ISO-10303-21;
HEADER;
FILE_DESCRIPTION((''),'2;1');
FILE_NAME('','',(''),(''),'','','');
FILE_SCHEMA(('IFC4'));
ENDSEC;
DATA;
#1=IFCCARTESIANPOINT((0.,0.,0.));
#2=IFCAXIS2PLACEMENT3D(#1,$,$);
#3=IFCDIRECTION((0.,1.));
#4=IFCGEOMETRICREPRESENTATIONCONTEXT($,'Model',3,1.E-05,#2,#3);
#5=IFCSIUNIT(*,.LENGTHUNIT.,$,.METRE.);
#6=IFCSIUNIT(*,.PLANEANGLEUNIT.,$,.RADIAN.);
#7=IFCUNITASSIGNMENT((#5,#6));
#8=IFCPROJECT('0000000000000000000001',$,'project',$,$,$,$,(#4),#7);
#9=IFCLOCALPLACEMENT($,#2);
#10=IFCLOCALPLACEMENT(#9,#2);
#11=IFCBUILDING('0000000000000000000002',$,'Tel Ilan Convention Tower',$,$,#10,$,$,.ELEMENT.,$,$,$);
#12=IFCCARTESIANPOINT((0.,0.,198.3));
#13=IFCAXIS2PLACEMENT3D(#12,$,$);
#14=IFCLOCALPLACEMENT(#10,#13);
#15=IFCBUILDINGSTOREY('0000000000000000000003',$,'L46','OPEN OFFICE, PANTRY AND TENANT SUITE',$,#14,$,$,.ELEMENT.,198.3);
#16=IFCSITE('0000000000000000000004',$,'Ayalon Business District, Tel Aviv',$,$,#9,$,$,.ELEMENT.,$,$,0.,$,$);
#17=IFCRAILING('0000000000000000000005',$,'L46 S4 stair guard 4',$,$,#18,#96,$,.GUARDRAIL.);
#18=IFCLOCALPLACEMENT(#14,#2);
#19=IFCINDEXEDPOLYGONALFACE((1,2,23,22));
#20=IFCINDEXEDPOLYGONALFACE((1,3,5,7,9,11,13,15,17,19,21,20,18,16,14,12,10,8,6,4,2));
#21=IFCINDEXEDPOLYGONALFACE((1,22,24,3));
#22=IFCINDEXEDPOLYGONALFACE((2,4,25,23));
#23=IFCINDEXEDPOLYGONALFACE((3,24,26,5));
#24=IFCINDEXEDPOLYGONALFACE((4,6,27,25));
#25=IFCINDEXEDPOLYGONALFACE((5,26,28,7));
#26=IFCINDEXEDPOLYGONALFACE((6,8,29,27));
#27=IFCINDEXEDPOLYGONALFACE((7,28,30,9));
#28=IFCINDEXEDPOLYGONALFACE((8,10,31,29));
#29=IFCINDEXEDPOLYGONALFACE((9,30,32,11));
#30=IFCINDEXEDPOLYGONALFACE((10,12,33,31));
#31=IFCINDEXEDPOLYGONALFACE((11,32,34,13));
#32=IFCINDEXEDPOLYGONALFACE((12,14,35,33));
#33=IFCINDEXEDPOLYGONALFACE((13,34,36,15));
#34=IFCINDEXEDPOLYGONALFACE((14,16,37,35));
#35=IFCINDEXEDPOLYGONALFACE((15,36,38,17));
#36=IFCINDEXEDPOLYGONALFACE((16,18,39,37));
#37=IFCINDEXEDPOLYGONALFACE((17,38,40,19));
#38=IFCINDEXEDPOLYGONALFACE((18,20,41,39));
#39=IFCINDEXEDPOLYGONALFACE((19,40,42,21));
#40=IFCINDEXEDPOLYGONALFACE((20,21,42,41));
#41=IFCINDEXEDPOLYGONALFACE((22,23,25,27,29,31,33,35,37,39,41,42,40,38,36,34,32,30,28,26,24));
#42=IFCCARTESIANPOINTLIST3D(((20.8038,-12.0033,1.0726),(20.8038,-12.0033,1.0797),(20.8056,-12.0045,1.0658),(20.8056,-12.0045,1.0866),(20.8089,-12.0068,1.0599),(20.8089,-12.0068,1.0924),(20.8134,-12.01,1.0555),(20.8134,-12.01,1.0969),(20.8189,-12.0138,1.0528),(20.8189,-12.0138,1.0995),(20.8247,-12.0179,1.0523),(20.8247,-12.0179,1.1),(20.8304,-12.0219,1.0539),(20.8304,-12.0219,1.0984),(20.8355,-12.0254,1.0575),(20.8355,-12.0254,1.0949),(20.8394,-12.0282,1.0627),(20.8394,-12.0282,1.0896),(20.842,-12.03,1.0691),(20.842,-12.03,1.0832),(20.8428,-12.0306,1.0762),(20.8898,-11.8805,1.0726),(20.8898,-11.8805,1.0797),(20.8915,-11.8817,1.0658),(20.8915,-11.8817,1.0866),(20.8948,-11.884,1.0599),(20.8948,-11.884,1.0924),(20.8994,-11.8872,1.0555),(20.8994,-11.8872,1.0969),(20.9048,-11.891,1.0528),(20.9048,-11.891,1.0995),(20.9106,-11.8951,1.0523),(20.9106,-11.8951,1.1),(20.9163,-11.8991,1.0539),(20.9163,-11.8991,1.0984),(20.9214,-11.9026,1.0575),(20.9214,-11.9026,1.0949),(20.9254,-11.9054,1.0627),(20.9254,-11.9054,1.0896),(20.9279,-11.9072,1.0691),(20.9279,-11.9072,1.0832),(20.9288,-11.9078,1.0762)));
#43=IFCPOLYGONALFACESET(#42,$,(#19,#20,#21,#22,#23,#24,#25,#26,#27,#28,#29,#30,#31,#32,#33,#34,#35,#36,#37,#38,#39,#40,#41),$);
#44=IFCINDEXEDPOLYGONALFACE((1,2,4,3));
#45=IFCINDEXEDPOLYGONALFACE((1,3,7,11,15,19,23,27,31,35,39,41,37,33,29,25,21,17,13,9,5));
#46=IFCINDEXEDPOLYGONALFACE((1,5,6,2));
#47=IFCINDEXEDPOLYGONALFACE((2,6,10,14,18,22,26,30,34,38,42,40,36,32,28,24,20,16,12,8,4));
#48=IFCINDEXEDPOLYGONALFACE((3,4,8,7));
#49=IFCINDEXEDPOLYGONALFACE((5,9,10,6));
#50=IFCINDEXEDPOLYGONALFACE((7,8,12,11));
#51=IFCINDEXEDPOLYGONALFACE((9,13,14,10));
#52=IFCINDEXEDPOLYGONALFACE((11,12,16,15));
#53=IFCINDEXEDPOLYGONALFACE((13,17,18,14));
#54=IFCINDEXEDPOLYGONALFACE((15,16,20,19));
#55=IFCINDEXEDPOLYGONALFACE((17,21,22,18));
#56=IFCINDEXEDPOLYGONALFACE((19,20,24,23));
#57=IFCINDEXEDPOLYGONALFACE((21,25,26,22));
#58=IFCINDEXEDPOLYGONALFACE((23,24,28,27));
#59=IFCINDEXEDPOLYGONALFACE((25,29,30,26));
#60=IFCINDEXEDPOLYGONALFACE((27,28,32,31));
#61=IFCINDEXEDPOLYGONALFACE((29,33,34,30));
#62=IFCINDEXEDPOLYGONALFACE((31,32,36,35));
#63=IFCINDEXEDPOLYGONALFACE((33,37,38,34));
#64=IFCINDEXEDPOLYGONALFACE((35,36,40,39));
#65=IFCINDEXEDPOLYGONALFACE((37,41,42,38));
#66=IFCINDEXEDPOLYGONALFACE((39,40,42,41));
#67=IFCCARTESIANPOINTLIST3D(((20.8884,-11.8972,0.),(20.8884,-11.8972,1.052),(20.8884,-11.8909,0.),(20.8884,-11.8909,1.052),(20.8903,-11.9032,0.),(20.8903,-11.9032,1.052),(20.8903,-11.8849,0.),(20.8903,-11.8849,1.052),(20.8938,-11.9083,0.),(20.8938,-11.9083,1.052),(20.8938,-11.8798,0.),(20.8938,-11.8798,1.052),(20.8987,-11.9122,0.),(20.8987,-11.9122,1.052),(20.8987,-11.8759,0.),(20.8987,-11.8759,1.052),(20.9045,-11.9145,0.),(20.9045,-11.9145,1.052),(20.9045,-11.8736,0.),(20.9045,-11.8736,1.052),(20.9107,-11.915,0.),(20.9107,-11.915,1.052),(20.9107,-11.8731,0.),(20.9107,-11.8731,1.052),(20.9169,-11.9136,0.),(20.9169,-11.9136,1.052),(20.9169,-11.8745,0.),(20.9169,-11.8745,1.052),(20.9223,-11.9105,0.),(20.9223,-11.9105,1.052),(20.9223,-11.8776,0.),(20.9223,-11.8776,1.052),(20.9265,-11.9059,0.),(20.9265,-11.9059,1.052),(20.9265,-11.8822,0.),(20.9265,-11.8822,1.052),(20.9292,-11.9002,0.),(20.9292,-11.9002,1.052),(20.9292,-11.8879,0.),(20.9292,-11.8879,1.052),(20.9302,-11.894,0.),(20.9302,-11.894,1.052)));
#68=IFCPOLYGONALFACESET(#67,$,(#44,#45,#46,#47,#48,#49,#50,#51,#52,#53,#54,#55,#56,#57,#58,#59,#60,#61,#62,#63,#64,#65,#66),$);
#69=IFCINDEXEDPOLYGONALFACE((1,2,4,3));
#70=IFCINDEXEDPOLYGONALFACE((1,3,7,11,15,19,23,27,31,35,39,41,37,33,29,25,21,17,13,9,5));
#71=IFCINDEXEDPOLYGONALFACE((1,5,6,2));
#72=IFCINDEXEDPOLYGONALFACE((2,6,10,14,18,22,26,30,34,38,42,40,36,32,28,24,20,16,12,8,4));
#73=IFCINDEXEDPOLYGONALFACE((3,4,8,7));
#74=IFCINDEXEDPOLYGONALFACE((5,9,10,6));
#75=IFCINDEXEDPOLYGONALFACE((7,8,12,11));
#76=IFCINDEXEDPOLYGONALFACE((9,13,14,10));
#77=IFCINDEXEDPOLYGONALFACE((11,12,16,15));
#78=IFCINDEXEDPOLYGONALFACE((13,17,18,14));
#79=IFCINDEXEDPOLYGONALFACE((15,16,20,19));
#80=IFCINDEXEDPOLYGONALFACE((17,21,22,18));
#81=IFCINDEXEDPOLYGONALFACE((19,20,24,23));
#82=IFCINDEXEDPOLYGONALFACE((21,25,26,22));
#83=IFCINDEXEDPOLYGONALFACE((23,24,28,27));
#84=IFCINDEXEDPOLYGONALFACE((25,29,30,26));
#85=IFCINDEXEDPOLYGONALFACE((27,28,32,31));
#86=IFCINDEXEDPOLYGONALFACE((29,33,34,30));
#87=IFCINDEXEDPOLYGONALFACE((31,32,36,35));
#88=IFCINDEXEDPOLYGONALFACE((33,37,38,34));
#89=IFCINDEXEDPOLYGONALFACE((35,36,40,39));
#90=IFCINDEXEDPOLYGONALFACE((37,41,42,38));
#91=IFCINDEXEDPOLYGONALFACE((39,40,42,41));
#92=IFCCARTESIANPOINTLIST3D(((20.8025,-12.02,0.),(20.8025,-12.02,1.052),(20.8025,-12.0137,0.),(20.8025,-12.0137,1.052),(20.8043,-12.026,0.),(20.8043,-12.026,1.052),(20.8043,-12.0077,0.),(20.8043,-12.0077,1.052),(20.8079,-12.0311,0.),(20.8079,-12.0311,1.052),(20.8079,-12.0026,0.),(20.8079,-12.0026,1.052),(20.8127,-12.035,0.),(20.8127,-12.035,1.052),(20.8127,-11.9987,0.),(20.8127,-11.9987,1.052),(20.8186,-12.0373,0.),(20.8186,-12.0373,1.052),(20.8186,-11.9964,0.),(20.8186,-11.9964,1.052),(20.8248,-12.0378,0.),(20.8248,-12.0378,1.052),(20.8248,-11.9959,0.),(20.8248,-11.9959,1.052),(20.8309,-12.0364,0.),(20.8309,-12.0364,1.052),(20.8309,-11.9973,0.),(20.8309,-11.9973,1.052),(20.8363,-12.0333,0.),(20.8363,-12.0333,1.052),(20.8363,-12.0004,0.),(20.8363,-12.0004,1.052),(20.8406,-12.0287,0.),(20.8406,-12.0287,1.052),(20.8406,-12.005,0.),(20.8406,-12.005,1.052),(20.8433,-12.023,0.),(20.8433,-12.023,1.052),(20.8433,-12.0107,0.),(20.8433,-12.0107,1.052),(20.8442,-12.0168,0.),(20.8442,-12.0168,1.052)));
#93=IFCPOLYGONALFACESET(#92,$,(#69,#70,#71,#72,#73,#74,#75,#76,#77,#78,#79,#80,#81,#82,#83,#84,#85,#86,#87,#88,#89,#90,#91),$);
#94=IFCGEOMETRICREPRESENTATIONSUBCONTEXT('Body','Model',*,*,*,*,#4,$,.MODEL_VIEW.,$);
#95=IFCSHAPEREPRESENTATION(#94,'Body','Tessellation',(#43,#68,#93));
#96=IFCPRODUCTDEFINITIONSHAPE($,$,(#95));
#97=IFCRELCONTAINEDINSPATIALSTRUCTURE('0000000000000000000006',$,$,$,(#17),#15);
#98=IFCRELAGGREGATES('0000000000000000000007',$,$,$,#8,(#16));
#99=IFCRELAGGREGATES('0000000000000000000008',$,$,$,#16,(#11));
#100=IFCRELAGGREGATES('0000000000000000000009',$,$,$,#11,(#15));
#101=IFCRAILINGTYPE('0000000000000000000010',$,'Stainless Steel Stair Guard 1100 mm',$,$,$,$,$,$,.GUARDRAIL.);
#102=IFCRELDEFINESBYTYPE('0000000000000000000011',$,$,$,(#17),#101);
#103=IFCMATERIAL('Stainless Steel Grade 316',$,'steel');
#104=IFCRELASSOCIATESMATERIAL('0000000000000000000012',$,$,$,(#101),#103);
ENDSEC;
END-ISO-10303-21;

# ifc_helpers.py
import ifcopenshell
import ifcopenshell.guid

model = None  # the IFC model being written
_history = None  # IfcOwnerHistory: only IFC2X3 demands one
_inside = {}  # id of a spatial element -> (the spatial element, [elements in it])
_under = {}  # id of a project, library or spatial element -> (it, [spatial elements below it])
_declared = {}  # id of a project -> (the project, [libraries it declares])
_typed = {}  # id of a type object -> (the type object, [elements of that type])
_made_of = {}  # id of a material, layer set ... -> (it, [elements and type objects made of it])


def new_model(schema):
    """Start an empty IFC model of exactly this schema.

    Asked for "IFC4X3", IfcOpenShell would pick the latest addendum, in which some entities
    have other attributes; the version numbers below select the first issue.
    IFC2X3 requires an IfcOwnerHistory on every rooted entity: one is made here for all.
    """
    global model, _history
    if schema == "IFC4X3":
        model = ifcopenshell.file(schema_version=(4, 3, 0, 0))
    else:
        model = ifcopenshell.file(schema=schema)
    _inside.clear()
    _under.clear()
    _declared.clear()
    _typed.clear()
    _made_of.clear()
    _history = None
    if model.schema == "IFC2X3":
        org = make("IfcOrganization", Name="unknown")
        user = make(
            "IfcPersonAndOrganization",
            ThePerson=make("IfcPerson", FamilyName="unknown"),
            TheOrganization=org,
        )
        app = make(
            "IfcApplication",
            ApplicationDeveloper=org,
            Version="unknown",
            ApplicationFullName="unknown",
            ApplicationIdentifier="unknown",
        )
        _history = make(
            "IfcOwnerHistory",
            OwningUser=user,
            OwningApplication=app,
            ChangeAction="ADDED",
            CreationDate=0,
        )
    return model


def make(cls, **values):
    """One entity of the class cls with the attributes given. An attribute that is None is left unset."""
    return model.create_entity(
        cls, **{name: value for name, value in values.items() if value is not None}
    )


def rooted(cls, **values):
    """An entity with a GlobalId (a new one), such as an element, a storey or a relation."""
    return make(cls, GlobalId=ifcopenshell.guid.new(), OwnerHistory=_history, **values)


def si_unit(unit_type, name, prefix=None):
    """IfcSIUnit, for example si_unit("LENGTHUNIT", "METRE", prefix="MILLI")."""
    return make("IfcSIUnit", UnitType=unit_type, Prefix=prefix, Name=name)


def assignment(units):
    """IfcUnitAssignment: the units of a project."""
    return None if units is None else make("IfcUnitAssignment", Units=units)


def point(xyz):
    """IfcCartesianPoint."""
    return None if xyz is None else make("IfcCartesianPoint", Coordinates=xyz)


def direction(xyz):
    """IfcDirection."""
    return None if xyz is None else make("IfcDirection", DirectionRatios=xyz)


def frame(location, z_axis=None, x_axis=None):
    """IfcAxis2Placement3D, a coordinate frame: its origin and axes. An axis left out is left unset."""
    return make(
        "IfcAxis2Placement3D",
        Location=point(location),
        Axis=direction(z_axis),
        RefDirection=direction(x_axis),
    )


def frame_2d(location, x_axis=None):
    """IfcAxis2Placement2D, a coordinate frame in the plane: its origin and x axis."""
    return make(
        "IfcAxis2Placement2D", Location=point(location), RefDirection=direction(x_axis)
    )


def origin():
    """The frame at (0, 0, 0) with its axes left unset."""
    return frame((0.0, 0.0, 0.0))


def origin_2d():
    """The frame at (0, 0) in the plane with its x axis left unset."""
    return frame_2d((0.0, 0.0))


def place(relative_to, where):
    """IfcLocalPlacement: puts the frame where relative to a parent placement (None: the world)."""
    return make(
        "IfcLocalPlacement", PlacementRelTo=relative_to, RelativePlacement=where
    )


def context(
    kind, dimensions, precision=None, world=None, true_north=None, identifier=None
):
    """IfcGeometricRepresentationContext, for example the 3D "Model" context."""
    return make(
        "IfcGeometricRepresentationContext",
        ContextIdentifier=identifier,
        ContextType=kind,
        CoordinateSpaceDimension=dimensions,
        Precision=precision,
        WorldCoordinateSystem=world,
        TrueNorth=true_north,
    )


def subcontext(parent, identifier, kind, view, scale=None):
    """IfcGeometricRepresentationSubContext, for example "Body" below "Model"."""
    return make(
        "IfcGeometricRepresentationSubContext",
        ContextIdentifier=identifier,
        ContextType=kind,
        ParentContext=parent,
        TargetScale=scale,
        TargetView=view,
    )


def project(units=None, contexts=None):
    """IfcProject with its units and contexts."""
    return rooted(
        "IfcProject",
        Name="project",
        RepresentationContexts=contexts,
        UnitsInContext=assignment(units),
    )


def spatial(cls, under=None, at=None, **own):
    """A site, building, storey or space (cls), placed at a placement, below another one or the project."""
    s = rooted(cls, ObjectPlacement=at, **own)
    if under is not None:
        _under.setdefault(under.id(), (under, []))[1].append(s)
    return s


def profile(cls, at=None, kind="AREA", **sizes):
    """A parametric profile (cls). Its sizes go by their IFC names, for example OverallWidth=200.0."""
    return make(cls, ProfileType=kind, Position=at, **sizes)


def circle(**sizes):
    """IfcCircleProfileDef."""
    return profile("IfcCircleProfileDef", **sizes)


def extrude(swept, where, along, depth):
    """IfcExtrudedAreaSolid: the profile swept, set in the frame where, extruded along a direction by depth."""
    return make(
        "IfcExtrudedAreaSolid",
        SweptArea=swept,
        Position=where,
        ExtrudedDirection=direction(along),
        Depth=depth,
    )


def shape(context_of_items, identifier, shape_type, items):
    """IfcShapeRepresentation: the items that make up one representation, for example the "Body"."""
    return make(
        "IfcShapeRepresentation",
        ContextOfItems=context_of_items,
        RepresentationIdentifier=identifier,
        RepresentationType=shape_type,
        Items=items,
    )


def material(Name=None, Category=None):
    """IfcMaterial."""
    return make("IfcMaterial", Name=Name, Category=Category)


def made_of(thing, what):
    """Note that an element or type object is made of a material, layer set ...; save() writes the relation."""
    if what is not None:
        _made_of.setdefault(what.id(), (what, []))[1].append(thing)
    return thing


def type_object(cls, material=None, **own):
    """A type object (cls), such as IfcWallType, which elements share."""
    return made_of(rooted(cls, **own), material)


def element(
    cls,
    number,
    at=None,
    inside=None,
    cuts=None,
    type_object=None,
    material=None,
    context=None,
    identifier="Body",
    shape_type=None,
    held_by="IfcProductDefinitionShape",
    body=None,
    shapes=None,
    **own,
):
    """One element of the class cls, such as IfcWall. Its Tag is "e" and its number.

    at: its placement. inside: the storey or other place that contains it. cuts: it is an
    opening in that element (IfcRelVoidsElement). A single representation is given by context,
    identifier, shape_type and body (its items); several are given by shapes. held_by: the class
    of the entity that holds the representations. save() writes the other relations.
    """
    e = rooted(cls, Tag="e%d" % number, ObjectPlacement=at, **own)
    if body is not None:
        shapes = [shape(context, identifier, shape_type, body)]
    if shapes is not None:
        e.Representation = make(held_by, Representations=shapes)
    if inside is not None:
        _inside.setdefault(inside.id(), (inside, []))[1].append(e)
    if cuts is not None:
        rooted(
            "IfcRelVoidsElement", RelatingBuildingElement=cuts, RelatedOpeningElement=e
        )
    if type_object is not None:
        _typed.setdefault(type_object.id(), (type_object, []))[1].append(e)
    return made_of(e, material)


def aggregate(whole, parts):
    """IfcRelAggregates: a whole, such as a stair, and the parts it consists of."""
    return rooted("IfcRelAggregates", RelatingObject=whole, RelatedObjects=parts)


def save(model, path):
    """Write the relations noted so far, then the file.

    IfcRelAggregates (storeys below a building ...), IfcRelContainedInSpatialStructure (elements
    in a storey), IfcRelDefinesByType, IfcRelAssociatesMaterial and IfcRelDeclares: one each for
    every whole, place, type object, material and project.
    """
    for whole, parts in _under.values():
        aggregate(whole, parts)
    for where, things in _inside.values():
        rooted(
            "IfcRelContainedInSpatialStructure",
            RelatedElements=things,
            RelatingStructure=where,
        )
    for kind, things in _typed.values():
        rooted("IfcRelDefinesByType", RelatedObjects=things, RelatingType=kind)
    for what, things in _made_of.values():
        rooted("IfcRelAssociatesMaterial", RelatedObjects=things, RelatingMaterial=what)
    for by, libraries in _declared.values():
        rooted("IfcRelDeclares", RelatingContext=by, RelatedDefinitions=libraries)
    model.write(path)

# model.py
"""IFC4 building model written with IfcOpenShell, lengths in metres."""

from ifc_helpers import new_model, si_unit, direction, frame, origin, origin_2d, place, context, subcontext, project, spatial, circle, extrude, material, type_object, element, save


model = new_model("IFC4")

# Units and contexts
model_context = context("Model", 3, precision=1e-05, world=origin(), true_north=direction((0.0, 1.0)))
body_context = subcontext(model_context, "Body", "Model", "MODEL_VIEW")
ifc_project = project(units=[si_unit("LENGTHUNIT", "METRE"), si_unit("PLANEANGLEUNIT", "RADIAN")], contexts=[model_context])

# Site, building, storey
site_placement = place(None, origin())
site = spatial("IfcSite", under=ifc_project, at=site_placement, Name="Ayalon Business District, Tel Aviv", CompositionType="ELEMENT", RefElevation=0.0)
building_placement = place(site_placement, origin())
building = spatial("IfcBuilding", under=site, at=building_placement, Name="Tel Ilan Convention Tower", CompositionType="ELEMENT")
storey_placement = place(building_placement, frame((0.0, 0.0, 198.3)))
storey = spatial("IfcBuildingStorey", under=building, at=storey_placement, Name="L46", Description="OPEN OFFICE, PANTRY AND TENANT SUITE", CompositionType="ELEMENT", Elevation=198.3)

# Railing
ifc_material_1 = material(Name="Stainless Steel Grade 316", Category="steel")
railing_type_1 = type_object("IfcRailingType", Name="Stainless Steel Stair Guard 1100 mm", PredefinedType="GUARDRAIL", material=ifc_material_1)
railing_1_placement = place(storey_placement, frame((20.9092, -11.894, 0.0)))
element("IfcRailing", 1, at=railing_1_placement, inside=storey, type_object=railing_type_1, Name="L46 S4 stair guard 4", PredefinedType="GUARDRAIL", context=body_context, shape_type="SweptSolid", body=[
    extrude(circle(Radius=0.0239, at=origin_2d()), frame((0.0, 0.0, 1.0762), z_axis=(-0.573353, -0.819308, 0.0), x_axis=(0.819308, -0.573353, 0.0)), (0.0, 0.0, 1.0), 0.1499),
    extrude(circle(Radius=0.021, at=origin_2d()), origin(), (0.0, 0.0, 1.0), 1.052),
    extrude(circle(Radius=0.021, at=origin_2d()), frame((-0.0859, -0.1228, 0.0)), (0.0, 0.0, 1.0), 1.052),
])

save(model, "model.ifc")
